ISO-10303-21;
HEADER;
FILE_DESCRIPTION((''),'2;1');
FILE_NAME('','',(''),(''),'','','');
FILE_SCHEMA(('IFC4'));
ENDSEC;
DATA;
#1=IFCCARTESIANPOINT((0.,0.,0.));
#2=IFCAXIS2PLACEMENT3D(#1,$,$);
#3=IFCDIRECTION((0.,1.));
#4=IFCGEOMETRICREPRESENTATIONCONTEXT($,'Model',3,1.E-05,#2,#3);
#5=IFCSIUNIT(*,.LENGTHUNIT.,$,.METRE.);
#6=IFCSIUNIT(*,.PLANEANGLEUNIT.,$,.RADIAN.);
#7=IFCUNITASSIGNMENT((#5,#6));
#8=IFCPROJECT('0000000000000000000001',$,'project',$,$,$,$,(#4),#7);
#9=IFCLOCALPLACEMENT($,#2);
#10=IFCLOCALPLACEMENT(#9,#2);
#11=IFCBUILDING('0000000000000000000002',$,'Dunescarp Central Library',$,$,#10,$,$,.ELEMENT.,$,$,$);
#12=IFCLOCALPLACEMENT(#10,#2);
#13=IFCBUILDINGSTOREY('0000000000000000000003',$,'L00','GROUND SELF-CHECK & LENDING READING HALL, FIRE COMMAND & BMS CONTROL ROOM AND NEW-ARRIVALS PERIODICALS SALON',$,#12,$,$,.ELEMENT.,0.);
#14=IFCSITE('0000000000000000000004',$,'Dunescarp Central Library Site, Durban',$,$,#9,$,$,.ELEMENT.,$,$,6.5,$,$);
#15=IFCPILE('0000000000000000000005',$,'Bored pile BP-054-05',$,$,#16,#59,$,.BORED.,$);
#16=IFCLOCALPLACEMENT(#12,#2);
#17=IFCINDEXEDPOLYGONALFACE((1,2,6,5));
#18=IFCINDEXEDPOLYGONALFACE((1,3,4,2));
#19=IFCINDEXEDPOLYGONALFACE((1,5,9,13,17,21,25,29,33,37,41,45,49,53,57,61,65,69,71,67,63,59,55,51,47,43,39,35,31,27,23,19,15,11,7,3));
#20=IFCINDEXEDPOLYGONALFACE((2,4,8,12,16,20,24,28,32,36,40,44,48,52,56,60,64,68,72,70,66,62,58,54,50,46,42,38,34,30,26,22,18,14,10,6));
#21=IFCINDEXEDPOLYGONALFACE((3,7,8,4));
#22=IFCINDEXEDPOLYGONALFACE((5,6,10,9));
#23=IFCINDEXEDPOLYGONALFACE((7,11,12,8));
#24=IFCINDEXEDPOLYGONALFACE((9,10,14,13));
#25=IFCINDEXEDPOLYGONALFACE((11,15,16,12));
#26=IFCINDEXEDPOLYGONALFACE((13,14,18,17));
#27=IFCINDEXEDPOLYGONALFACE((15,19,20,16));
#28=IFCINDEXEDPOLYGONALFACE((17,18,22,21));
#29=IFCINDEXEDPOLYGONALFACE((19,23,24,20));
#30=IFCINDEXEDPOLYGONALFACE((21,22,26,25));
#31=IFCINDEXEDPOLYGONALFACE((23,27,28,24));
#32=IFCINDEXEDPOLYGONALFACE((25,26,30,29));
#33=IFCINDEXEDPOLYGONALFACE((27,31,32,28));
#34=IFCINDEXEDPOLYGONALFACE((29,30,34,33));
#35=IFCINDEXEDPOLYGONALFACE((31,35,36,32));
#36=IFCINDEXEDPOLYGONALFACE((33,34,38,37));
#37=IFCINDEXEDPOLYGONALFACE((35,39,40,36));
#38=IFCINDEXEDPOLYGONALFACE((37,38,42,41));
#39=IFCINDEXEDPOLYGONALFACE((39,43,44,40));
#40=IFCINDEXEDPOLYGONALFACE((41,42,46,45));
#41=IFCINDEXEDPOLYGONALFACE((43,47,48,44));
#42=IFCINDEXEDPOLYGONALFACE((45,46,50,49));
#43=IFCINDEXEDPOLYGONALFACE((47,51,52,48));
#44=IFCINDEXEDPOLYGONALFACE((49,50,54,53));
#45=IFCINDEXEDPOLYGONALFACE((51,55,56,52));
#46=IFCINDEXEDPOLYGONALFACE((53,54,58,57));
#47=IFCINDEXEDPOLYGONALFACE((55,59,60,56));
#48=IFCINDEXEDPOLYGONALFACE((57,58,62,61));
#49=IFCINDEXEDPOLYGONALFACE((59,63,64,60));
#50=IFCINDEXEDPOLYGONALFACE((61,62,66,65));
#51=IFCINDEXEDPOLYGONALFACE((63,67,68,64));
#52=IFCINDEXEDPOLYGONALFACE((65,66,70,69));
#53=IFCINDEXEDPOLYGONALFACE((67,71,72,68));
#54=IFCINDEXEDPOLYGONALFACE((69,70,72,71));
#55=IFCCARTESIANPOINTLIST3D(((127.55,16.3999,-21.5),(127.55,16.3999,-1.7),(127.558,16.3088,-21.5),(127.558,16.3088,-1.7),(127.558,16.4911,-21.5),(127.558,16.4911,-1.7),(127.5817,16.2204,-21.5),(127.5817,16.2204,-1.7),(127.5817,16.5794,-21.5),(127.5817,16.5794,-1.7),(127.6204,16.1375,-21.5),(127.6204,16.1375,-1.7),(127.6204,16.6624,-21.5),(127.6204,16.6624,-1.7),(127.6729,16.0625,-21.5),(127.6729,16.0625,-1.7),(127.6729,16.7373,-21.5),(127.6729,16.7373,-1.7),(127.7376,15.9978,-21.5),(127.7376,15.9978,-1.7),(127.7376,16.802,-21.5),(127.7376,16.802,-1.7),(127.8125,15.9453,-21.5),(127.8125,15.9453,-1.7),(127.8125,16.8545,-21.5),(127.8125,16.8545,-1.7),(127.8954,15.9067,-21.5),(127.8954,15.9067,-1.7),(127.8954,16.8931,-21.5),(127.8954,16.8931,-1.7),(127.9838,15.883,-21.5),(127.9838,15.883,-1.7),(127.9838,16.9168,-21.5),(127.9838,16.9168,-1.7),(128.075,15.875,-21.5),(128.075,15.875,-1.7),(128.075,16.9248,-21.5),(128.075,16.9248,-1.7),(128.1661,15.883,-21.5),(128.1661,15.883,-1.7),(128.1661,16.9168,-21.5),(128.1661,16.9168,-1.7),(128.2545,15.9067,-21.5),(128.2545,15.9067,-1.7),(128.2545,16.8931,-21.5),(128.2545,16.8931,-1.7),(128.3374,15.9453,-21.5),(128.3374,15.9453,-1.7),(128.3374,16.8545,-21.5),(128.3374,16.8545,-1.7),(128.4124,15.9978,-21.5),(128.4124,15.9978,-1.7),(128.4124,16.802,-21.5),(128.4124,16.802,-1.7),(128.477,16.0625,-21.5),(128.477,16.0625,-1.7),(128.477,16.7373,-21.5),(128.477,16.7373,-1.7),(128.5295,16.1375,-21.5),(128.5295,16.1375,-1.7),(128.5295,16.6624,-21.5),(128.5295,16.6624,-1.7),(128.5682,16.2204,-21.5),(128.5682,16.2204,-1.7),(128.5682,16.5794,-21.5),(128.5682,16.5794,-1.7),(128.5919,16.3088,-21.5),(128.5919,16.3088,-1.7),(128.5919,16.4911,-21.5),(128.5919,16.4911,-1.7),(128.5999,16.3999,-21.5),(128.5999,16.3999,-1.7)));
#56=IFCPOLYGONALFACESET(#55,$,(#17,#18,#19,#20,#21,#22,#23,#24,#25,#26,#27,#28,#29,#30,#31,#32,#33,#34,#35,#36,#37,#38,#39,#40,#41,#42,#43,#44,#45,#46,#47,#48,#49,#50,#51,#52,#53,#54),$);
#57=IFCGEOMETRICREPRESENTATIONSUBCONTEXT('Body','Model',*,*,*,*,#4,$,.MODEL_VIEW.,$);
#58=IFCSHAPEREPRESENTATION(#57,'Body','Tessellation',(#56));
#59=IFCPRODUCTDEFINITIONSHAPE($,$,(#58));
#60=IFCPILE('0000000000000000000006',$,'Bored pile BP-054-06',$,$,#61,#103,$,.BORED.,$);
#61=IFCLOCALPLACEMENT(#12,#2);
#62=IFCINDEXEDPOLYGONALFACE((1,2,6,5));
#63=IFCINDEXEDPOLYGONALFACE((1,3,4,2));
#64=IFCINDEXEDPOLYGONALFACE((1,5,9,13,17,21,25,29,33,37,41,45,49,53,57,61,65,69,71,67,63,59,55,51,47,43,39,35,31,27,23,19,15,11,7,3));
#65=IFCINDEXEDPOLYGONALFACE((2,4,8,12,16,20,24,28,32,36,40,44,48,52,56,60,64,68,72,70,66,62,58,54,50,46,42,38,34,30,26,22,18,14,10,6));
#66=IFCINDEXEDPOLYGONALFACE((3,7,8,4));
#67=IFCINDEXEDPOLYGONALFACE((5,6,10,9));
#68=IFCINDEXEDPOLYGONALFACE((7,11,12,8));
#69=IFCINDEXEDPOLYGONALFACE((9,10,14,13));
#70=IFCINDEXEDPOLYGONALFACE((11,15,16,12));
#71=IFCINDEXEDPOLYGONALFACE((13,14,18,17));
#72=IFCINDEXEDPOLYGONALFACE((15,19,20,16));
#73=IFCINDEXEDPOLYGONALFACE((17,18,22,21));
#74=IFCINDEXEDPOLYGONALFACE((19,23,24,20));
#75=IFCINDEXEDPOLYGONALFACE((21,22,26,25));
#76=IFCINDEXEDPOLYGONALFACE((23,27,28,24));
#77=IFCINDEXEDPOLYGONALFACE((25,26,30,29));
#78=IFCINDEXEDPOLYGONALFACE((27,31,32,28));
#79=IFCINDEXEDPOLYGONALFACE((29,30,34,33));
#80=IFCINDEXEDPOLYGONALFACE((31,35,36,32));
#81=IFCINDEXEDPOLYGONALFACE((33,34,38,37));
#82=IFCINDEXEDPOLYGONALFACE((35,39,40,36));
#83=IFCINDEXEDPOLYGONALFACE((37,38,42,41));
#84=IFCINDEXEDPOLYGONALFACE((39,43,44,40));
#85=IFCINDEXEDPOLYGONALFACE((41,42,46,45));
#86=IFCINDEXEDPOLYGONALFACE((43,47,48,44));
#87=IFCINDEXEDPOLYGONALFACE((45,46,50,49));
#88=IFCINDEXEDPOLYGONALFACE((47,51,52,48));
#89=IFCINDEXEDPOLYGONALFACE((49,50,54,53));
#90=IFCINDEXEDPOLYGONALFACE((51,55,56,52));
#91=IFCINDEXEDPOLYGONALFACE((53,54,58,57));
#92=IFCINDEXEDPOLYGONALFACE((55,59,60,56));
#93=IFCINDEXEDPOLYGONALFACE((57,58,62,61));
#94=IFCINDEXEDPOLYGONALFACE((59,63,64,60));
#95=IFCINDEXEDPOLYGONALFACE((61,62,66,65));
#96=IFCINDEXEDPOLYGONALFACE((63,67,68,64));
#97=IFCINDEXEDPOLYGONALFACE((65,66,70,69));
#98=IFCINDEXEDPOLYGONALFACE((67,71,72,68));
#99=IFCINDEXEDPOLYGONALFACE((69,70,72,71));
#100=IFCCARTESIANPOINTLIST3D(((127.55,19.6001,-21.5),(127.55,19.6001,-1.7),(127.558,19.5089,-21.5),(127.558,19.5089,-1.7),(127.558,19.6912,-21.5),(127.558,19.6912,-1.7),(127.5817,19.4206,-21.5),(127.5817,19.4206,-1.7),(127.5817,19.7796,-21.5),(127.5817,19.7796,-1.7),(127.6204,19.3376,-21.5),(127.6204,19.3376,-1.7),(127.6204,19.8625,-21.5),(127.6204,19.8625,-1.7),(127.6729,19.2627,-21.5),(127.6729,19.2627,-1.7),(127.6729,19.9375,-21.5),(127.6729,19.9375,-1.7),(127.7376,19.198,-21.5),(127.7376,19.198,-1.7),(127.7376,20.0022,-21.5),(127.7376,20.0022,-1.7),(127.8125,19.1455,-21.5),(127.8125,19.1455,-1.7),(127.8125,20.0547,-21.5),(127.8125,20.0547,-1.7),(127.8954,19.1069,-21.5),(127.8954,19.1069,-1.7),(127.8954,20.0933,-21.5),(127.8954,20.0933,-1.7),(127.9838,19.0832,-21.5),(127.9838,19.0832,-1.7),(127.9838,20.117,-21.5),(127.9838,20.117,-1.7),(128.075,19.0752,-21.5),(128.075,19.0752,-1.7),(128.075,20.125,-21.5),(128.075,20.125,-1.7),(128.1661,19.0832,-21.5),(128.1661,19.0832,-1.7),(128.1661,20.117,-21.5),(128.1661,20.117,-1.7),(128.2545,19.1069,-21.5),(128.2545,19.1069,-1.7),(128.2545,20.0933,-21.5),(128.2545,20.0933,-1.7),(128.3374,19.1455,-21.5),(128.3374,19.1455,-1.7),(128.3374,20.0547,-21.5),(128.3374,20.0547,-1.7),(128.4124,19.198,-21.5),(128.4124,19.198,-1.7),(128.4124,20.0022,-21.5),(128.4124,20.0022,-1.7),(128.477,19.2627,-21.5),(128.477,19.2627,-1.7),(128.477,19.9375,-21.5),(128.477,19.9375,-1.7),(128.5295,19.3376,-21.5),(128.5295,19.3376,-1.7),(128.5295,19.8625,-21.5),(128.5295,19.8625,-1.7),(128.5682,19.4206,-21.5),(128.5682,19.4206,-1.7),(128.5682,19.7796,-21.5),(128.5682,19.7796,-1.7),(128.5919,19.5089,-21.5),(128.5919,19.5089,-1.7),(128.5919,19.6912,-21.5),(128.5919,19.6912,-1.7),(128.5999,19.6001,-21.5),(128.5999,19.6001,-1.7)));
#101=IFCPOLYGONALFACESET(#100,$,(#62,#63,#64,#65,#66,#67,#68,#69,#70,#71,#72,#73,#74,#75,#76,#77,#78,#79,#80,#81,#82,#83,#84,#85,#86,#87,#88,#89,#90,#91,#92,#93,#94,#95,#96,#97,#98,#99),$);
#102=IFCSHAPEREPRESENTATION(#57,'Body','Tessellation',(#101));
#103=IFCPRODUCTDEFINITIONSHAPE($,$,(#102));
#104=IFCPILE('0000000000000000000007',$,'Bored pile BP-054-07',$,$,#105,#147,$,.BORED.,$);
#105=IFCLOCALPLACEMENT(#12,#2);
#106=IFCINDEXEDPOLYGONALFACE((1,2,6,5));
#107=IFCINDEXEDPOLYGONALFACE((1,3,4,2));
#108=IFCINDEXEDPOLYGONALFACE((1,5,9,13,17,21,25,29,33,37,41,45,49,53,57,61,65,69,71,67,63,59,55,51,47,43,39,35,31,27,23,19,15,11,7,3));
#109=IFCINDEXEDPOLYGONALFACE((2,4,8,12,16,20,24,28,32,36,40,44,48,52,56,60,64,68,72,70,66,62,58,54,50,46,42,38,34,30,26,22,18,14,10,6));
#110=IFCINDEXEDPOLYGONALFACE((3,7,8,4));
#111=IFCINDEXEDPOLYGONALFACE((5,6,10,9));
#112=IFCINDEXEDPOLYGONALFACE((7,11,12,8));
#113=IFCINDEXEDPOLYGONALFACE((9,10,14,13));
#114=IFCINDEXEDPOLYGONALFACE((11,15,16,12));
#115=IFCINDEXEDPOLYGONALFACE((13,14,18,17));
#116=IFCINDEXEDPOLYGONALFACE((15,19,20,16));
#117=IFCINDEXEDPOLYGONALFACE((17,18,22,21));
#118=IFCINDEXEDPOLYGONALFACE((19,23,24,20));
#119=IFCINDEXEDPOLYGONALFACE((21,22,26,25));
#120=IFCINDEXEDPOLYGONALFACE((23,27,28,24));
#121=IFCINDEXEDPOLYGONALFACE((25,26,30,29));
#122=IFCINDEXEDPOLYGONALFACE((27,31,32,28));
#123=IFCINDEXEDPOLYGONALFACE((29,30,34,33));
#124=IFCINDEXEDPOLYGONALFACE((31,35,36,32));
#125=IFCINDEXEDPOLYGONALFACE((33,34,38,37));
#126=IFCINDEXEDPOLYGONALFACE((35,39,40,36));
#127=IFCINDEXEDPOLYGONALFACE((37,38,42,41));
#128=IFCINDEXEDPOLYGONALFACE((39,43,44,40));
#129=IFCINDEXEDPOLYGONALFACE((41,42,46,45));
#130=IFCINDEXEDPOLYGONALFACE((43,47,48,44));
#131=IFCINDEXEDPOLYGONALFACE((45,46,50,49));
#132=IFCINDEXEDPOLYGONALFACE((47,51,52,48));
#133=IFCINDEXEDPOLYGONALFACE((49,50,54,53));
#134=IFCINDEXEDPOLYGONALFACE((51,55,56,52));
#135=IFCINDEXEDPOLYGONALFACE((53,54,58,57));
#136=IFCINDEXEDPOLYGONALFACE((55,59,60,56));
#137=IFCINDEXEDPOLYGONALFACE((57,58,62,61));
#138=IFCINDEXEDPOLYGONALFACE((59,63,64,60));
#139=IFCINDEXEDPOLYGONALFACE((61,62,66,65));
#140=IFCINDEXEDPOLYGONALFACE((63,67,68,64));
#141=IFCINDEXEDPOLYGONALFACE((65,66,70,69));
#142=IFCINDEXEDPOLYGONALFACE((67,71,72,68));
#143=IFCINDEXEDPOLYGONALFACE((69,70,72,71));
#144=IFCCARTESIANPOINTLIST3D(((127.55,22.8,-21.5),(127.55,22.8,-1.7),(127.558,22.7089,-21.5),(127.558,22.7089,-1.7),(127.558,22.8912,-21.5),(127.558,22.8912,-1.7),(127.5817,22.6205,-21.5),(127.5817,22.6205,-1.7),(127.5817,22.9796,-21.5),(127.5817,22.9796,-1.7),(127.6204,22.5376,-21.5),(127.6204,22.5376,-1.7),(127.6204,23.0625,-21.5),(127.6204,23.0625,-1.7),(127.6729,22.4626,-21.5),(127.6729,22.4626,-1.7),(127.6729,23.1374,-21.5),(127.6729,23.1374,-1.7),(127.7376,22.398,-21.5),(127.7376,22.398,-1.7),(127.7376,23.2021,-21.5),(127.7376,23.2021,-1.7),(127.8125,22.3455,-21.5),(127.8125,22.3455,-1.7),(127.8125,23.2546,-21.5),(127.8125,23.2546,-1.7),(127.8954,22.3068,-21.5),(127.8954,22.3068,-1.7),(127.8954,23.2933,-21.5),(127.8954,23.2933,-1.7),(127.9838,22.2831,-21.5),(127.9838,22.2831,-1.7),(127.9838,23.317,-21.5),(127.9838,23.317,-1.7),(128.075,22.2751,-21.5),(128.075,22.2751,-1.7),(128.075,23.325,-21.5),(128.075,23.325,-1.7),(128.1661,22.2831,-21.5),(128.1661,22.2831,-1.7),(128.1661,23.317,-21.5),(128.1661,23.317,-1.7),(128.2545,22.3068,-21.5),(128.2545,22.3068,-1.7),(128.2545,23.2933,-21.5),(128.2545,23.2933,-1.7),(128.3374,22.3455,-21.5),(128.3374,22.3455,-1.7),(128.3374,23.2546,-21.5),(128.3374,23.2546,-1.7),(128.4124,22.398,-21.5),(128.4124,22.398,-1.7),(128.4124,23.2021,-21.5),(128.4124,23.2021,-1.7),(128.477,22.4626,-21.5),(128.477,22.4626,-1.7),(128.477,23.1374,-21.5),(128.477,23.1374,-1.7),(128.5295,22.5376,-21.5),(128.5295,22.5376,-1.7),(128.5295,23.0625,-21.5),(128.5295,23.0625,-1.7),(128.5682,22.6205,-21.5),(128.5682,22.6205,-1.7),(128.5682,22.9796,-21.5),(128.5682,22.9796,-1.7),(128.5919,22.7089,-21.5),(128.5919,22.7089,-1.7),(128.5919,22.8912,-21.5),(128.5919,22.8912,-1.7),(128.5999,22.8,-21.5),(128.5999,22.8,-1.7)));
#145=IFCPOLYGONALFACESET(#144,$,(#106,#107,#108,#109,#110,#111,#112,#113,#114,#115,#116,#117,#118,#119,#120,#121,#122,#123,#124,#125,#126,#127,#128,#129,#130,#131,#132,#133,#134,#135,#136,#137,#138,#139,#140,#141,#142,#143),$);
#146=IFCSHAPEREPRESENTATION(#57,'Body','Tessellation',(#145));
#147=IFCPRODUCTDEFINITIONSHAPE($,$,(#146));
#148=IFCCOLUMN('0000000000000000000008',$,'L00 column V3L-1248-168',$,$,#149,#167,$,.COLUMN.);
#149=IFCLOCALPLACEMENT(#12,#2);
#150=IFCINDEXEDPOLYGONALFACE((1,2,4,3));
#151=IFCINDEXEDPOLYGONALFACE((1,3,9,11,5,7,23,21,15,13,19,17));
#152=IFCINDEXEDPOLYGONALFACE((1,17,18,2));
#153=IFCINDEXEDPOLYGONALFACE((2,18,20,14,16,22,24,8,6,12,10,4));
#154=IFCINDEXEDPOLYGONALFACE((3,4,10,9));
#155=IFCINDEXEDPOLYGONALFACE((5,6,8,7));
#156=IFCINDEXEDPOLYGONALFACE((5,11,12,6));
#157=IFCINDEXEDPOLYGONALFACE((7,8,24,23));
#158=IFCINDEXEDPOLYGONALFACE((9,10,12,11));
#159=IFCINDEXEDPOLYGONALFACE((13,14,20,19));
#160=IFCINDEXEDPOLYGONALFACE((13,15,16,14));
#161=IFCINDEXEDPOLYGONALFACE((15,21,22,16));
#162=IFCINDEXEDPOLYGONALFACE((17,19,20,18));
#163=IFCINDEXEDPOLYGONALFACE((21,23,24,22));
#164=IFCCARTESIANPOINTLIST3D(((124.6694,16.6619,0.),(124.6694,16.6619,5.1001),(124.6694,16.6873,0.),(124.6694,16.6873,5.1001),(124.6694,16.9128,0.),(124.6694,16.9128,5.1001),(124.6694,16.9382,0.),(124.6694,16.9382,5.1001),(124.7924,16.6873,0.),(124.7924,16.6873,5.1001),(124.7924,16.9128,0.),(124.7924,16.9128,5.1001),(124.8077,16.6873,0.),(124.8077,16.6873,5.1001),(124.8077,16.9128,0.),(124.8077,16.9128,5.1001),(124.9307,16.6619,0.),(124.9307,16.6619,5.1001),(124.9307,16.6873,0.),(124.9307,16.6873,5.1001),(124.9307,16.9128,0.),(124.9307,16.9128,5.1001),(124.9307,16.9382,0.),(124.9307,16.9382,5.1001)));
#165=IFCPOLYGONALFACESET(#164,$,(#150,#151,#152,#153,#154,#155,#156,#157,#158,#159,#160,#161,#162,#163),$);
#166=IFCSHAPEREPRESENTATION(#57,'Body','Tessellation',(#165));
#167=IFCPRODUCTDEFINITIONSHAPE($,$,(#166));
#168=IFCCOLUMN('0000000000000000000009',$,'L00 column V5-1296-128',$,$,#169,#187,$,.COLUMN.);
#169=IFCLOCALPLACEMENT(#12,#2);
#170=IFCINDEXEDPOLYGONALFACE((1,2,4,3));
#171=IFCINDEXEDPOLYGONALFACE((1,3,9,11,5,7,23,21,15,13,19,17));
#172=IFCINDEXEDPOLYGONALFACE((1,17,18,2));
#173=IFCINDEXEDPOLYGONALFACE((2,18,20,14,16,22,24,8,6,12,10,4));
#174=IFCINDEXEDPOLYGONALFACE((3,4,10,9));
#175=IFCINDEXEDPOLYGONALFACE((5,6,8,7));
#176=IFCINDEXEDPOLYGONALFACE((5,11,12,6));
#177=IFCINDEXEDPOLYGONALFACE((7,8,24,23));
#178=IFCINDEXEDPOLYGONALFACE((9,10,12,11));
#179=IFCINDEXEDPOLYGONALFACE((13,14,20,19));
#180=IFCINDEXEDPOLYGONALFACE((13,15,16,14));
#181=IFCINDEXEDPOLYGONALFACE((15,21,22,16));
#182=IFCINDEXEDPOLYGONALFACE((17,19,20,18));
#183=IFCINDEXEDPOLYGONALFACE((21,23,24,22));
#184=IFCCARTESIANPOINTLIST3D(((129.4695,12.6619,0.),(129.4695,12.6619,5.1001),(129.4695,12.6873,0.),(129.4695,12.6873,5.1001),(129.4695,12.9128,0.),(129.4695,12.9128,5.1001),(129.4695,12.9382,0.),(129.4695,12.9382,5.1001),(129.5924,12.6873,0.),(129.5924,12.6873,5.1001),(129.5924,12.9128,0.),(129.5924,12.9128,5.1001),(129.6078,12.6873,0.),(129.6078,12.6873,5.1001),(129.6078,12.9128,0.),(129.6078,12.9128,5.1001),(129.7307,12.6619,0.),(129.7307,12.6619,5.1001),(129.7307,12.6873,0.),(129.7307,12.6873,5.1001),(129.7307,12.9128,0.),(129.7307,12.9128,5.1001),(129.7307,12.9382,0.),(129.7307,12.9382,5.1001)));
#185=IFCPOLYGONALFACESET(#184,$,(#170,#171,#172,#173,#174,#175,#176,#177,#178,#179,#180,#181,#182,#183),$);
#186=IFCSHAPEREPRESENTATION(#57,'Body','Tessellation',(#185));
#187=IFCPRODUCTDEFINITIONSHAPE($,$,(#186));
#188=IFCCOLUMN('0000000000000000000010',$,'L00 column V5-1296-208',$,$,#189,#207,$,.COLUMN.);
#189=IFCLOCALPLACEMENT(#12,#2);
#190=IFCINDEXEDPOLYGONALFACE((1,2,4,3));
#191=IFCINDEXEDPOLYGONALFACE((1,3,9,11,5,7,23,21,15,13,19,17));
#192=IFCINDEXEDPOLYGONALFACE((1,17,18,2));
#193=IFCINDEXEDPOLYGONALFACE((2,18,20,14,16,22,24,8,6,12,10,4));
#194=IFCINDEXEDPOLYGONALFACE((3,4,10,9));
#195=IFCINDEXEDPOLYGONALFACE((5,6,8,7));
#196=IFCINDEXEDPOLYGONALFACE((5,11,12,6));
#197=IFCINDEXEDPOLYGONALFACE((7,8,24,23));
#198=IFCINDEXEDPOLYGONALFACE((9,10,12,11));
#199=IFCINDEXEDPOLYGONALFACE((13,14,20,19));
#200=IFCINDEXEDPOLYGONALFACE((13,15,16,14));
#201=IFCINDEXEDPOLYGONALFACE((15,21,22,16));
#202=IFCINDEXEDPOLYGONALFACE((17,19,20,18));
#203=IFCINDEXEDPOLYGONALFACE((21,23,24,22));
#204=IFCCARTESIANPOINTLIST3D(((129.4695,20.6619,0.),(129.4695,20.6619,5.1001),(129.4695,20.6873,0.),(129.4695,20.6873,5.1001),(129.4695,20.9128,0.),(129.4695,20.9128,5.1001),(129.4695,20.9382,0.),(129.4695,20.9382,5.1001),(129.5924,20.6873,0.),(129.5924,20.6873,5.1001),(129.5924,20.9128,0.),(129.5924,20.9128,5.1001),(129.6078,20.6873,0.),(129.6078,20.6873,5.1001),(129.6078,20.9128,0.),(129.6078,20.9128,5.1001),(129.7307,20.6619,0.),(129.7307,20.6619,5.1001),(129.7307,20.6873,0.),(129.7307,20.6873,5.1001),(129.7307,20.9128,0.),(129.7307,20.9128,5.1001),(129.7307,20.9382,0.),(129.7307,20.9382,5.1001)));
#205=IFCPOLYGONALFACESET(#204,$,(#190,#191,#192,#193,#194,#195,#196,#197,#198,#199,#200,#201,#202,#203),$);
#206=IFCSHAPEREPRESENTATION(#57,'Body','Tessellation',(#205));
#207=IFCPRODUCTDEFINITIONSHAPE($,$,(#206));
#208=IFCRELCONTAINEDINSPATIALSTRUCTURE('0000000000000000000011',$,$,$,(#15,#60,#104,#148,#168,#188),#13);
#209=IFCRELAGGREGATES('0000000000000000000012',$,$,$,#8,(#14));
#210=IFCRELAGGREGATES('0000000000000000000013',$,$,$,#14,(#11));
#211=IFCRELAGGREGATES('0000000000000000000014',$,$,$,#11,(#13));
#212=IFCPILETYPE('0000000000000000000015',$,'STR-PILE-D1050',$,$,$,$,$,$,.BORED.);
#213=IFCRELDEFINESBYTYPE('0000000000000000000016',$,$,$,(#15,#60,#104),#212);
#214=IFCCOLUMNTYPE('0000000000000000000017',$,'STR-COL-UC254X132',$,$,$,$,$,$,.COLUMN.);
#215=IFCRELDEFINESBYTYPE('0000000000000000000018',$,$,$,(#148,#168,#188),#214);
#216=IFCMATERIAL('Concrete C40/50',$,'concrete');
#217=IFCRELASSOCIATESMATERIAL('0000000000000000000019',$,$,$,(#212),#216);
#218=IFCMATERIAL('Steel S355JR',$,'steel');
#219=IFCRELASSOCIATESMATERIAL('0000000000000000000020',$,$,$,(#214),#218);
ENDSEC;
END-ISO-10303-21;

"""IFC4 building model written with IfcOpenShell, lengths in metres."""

from ifc_helpers import new_model, si_unit, direction, frame, origin, origin_2d, place, context, subcontext, project, spatial, circle, i_section, extrude, material, material_profile, profile_set, type_object, element, save


model = new_model("IFC4")

# Units and contexts
model_context = context("Model", 3, precision=1e-05, world=origin(), true_north=direction((0.0, 1.0)))
body_context = subcontext(model_context, "Body", "Model", "MODEL_VIEW")
ifc_project = project(units=[si_unit("LENGTHUNIT", "METRE"), si_unit("PLANEANGLEUNIT", "RADIAN")], contexts=[model_context])

# Site, building, storey
site_placement = place(None, origin())
site = spatial("IfcSite", under=ifc_project, at=site_placement, Name="Dunescarp Central Library Site, Durban", CompositionType="ELEMENT", RefElevation=6.5)
building_placement = place(site_placement, origin())
building = spatial("IfcBuilding", under=site, at=building_placement, Name="Dunescarp Central Library", CompositionType="ELEMENT")
storey_placement = place(building_placement, origin())
storey = spatial("IfcBuildingStorey", under=building, at=storey_placement, Name="L00", Description="GROUND SELF-CHECK & LENDING READING HALL, FIRE COMMAND & BMS CONTROL ROOM AND NEW-ARRIVALS PERIODICALS SALON", CompositionType="ELEMENT", Elevation=0.0)

# Shared definitions
ifc_material_1 = material(Name="Concrete C40/50", Category="concrete")

# Piles
ifc_material_profile_1 = material_profile(ifc_material_1, circle(Radius=0.5249, at=origin_2d()), Name="PILE D1050")
ifc_profile_set_1 = profile_set([ifc_material_profile_1], Name="Concrete C40/50")
pile_type = type_object("IfcPileType", Name="STR-PILE-D1050", PredefinedType="BORED", material=ifc_profile_set_1)
for number, where, z_axis, x_axis, name in (
    (1, (128.075, 16.3999, -1.7), (0.0, 0.0, -1.0), (1.0, 0.0, 0.0), "Bored pile BP-054-05"),
    (2, (128.075, 19.6001, -1.7), (0.0, 0.0, -1.0), (1.0, 0.0, 0.0), "Bored pile BP-054-06"),
    (3, (128.075, 22.8, -1.7), (0.0, 0.0, -1.0), (1.0, 0.0, 0.0), "Bored pile BP-054-07"),
):
    element("IfcPile", number, at=place(storey_placement, frame(where, z_axis=z_axis, x_axis=x_axis)), inside=storey, type_object=pile_type, Name=name, PredefinedType="BORED", context=body_context, shape_type="SweptSolid", body=[
        extrude(circle(Radius=0.5249, at=origin_2d()), origin(), (0.0, 0.0, 1.0), 19.8),
    ])

# Columns
ifc_material_2 = material(Name="Steel S355JR", Category="steel")
ifc_material_profile_2 = material_profile(ifc_material_2, i_section(OverallWidth=0.2612, OverallDepth=0.2764, WebThickness=0.0154, FlangeThickness=0.0254, at=origin_2d()), Name="UC 254x254x132")
ifc_profile_set_2 = profile_set([ifc_material_profile_2], Name="Steel S355JR")
column_type_1 = type_object("IfcColumnType", Name="STR-COL-UC254X132", PredefinedType="COLUMN", material=ifc_profile_set_2)
for number, where, z_axis, x_axis, name in (
    (4, (124.8, 16.8, 0.0), (0.0, 0.0, 1.0), (1.0, 0.0, 0.0), "L00 column V3L-1248-168"),
    (5, (129.6001, 12.8, 0.0), (0.0, 0.0, 1.0), (1.0, 0.0, 0.0), "L00 column V5-1296-128"),
    (6, (129.6001, 20.8, 0.0), (0.0, 0.0, 1.0), (1.0, 0.0, 0.0), "L00 column V5-1296-208"),
):
    element("IfcColumn", number, at=place(storey_placement, frame(where, z_axis=z_axis, x_axis=x_axis)), inside=storey, type_object=column_type_1, Name=name, PredefinedType="COLUMN", context=body_context, shape_type="SweptSolid", body=[
        extrude(i_section(OverallWidth=0.2612, OverallDepth=0.2764, WebThickness=0.0154, FlangeThickness=0.0254, at=origin_2d()), origin(), (0.0, 0.0, 1.0), 5.1001),
    ])

save(model, "model.ifc")
